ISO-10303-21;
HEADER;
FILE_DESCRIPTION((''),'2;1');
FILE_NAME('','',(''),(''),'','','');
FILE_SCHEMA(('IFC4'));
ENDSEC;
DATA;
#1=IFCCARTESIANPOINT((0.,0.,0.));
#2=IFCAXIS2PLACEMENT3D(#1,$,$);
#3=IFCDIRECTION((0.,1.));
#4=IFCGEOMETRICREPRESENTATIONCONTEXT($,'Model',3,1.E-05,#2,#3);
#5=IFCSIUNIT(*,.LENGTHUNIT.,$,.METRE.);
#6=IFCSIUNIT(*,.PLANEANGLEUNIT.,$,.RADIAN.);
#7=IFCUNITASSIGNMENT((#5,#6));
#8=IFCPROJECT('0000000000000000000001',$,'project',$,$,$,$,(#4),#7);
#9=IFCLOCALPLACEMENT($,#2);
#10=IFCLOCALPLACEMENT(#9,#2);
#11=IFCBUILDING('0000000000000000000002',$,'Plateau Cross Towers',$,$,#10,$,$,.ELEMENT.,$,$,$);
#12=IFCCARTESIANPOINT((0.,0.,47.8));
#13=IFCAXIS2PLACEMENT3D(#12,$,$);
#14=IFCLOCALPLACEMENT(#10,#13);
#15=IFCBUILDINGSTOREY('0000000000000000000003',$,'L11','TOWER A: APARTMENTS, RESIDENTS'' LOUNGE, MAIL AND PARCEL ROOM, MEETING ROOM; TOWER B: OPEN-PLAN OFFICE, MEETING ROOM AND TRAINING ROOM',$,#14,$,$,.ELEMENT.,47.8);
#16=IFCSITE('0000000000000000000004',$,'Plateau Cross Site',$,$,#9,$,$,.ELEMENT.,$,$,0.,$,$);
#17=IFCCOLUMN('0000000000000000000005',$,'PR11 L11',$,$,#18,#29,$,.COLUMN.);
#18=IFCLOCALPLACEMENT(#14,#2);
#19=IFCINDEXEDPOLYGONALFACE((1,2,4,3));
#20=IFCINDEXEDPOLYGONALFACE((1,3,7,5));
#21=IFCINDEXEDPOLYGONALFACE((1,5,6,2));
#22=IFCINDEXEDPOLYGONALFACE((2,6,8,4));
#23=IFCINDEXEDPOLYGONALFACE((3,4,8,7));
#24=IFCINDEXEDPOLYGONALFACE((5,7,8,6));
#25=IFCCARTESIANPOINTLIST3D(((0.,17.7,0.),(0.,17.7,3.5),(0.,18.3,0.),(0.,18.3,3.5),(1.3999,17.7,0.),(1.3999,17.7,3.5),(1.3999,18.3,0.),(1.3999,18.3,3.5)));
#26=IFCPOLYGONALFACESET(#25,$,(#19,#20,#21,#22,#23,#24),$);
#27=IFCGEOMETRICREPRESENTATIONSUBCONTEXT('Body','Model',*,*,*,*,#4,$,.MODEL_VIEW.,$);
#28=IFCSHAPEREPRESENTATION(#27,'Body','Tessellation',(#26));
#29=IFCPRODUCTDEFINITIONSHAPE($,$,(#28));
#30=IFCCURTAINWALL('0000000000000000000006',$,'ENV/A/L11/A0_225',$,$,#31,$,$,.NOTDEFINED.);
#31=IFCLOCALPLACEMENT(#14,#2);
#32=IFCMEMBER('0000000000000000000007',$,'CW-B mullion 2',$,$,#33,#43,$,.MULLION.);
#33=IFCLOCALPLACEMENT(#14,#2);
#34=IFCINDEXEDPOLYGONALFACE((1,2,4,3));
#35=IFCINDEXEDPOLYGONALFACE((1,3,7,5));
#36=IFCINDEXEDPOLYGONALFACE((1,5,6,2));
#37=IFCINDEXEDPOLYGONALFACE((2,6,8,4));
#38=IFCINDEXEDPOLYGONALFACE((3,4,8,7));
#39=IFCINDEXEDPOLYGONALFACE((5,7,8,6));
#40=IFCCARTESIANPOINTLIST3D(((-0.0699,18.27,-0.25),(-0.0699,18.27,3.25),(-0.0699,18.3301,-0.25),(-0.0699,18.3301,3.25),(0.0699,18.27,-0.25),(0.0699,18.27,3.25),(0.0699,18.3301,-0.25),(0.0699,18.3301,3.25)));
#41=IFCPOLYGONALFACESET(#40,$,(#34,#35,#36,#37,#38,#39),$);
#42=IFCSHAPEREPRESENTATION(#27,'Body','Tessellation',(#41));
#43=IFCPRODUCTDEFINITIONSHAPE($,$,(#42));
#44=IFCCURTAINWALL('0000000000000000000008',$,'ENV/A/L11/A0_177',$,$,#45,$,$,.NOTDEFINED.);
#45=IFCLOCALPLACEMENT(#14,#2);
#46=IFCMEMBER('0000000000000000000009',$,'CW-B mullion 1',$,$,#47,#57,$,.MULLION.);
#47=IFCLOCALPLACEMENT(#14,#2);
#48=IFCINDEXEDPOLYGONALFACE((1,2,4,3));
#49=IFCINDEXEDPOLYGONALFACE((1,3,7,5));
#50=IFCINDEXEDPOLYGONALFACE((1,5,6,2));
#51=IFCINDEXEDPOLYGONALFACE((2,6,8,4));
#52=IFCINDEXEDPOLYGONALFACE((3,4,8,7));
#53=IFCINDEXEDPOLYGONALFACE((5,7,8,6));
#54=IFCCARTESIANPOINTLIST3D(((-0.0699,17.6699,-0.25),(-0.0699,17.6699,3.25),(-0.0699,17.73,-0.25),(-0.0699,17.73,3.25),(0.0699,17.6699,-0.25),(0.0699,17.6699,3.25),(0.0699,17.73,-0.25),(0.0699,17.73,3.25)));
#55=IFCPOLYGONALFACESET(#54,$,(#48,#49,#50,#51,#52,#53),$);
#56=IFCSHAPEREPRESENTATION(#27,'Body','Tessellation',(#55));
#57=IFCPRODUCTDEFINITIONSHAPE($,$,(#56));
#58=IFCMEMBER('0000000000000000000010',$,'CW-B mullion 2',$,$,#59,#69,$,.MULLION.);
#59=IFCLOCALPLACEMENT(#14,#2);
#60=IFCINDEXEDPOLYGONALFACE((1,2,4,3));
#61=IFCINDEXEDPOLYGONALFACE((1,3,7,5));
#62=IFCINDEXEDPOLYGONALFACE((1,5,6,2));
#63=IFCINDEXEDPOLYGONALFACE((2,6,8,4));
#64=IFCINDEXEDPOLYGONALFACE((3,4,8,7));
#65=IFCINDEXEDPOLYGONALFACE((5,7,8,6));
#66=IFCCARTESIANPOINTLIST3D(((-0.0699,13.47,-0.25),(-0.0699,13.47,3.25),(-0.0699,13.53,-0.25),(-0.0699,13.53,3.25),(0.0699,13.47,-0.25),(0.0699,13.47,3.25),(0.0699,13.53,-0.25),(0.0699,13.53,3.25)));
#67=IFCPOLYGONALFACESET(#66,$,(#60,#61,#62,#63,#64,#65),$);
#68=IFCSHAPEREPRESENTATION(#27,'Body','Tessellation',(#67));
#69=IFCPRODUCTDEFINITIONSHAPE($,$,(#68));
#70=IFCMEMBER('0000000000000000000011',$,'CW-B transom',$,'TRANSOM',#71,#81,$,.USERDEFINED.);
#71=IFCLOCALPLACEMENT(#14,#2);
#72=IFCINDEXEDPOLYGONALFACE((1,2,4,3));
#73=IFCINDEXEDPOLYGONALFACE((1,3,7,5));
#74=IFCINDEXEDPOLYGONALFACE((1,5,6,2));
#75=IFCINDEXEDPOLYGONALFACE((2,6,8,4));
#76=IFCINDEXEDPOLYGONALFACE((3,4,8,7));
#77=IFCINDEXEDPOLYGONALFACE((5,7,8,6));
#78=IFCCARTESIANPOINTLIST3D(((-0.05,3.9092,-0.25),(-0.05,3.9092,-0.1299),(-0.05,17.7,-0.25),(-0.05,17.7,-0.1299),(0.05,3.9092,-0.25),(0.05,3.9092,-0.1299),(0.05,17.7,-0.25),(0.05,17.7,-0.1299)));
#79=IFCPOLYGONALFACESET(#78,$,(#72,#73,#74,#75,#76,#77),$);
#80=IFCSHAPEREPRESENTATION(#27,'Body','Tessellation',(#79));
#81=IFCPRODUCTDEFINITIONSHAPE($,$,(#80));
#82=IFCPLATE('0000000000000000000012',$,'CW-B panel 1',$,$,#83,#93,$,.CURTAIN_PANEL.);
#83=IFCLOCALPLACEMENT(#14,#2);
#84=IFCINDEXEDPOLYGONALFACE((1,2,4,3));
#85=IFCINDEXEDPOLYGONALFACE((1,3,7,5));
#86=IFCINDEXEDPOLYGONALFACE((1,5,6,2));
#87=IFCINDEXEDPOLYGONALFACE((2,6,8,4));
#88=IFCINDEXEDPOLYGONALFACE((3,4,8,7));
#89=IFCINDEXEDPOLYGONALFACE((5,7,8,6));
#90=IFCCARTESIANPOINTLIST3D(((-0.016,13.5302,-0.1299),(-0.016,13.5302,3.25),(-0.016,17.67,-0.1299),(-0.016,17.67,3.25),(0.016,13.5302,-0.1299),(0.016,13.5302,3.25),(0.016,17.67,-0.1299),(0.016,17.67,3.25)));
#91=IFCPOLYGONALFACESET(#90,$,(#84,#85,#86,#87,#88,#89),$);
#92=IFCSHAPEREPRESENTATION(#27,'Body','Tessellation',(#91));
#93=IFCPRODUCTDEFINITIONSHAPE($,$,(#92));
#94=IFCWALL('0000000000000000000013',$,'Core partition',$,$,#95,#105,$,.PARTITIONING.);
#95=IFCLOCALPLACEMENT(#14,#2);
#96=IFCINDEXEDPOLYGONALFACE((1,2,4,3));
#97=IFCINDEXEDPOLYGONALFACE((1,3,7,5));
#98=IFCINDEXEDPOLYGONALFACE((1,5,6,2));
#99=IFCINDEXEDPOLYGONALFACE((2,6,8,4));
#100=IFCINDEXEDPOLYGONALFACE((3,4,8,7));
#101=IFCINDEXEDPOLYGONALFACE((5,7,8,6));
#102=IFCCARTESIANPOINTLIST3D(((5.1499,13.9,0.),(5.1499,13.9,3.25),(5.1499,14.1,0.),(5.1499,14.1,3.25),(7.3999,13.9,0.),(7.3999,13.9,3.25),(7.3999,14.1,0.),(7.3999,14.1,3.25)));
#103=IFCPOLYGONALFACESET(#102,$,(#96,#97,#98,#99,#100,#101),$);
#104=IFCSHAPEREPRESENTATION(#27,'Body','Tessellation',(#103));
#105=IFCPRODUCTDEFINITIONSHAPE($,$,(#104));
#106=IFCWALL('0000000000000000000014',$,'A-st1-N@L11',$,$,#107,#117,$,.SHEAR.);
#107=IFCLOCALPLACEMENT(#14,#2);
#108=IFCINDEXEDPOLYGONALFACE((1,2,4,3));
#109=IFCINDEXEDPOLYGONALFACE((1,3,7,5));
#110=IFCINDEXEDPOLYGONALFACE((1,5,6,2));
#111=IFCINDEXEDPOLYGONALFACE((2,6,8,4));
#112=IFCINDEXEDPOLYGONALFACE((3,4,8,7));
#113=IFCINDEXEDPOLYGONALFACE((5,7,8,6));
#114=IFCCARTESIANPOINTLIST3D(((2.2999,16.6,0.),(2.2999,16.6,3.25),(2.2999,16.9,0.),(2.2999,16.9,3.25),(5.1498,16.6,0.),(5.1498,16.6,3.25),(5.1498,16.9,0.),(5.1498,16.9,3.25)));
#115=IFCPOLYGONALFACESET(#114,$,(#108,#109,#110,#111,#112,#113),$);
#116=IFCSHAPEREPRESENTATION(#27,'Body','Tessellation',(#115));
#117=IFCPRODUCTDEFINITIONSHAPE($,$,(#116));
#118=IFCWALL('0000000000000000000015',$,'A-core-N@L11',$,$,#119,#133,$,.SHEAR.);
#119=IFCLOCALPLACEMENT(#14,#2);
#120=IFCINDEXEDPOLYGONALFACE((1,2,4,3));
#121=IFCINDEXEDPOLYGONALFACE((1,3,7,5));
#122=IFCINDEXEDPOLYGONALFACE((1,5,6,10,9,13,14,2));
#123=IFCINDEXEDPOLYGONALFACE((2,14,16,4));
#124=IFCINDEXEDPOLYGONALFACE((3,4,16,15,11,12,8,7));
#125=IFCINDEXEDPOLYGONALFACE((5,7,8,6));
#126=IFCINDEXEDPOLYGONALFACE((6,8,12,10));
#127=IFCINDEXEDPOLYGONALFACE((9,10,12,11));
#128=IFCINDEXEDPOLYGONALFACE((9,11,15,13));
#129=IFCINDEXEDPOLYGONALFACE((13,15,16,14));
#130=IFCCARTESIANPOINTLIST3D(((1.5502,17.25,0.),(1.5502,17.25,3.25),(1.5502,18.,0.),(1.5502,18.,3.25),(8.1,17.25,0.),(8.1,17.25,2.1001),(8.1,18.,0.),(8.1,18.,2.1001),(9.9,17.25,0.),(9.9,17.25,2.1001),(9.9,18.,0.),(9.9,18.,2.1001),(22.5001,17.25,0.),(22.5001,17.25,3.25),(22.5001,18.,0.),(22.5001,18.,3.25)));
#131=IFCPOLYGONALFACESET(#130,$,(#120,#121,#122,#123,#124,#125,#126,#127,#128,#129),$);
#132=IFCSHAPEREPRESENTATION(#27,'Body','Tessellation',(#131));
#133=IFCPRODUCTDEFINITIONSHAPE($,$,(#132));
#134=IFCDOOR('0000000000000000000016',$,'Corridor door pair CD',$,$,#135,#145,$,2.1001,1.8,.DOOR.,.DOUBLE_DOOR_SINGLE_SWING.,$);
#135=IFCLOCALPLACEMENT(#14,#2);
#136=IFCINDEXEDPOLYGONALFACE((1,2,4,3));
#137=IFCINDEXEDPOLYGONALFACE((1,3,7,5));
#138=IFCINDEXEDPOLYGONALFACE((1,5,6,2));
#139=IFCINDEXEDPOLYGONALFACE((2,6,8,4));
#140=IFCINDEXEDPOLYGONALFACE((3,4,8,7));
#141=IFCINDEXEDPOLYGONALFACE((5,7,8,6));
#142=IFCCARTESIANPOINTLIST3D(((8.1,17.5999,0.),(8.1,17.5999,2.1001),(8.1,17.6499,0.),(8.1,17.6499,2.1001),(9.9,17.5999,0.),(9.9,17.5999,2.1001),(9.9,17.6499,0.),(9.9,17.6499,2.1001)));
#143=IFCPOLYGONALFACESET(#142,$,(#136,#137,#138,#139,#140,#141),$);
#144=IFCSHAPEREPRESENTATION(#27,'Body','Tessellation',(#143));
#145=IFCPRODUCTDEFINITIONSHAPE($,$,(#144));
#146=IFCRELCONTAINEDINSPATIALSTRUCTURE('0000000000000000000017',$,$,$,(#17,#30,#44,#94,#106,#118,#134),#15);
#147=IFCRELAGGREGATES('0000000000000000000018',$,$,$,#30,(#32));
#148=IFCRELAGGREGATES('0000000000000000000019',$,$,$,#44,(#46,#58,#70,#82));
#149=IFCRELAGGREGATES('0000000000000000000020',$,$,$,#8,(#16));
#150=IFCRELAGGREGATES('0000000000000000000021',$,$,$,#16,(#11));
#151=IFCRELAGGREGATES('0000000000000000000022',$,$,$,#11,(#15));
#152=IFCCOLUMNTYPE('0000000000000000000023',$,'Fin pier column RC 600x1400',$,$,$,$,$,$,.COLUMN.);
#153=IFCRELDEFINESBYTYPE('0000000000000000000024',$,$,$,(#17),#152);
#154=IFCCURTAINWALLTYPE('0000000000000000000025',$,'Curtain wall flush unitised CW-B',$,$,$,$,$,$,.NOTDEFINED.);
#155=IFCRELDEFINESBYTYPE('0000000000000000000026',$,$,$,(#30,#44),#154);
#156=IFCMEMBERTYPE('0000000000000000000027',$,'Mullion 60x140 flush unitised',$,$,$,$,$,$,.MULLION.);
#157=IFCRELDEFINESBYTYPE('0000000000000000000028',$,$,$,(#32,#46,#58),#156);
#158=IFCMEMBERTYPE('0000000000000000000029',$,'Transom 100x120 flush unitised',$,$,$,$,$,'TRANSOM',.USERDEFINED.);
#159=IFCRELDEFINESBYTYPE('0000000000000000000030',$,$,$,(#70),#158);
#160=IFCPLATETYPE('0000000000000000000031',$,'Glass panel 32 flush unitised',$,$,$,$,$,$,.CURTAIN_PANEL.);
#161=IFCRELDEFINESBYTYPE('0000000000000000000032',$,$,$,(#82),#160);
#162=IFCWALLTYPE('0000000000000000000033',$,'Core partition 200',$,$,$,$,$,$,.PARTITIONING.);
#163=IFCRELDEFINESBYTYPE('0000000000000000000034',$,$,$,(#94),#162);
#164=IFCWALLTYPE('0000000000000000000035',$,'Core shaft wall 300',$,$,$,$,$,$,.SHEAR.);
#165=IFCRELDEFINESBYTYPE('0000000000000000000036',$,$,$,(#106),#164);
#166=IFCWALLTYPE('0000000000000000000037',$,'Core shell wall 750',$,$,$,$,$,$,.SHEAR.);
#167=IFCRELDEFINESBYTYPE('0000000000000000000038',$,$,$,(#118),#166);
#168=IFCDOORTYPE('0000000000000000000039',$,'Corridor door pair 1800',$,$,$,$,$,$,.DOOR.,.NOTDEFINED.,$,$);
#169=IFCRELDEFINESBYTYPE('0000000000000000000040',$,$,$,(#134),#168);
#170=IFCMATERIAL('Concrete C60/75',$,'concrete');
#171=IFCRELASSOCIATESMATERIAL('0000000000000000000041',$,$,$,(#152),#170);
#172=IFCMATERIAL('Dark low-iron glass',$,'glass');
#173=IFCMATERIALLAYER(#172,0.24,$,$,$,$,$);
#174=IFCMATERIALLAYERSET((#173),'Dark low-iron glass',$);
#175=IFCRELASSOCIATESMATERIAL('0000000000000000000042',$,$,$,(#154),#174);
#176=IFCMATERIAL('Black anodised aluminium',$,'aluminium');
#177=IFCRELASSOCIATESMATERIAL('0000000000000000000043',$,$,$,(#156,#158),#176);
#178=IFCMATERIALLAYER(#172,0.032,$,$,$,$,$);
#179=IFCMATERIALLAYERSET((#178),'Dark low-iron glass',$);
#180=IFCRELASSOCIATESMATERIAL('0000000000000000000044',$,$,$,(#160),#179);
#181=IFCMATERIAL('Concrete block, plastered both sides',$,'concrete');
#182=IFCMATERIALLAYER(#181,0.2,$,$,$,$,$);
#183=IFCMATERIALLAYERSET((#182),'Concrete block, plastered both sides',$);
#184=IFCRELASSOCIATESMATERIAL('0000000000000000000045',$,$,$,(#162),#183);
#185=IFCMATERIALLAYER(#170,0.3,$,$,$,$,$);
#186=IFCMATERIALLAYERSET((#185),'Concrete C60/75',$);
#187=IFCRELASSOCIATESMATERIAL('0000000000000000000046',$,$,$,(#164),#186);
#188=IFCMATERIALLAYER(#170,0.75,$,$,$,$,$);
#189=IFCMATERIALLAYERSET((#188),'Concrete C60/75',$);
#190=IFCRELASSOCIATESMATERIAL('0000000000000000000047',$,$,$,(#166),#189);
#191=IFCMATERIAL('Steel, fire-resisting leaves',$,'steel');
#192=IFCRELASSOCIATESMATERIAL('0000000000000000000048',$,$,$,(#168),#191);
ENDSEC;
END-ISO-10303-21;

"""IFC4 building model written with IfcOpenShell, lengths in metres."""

from ifc_helpers import new_model, si_unit, direction, frame, frame_2d, origin, origin_2d, place, context, subcontext, project, spatial, rectangle, extrude, material, layer, layer_set, material_profile, profile_set, type_object, element, fill, aggregate, save


model = new_model("IFC4")

# Units and contexts
model_context = context("Model", 3, precision=1e-05, world=origin(), true_north=direction((0.0, 1.0)))
body_context = subcontext(model_context, "Body", "Model", "MODEL_VIEW")
ifc_project = project(units=[si_unit("LENGTHUNIT", "METRE"), si_unit("PLANEANGLEUNIT", "RADIAN")], contexts=[model_context])

# Site, building, storey
site_placement = place(None, origin())
site = spatial("IfcSite", under=ifc_project, at=site_placement, Name="Plateau Cross Site", CompositionType="ELEMENT", RefElevation=0.0)
building_placement = place(site_placement, origin())
building = spatial("IfcBuilding", under=site, at=building_placement, Name="Plateau Cross Towers", CompositionType="ELEMENT")
storey_placement = place(building_placement, frame((0.0, 0.0, 47.8)))
storey = spatial("IfcBuildingStorey", under=building, at=storey_placement, Name="L11", Description="TOWER A: APARTMENTS, RESIDENTS' LOUNGE, MAIL AND PARCEL ROOM, MEETING ROOM; TOWER B: OPEN-PLAN OFFICE, MEETING ROOM AND TRAINING ROOM", CompositionType="ELEMENT", Elevation=47.8)

# Column
ifc_material_1 = material(Name="Concrete C60/75", Category="concrete")
ifc_material_profile_1 = material_profile(ifc_material_1, rectangle(XDim=0.6001, YDim=1.3999, at=origin_2d()), Name="RC 600x1400")
ifc_profile_set_1 = profile_set([ifc_material_profile_1], Name="Concrete C60/75")
column_type = type_object("IfcColumnType", Name="Fin pier column RC 600x1400", PredefinedType="COLUMN", material=ifc_profile_set_1)
column_placement = place(storey_placement, frame((0.7, 18.0, 0.0), z_axis=(0.0, 0.0, 1.0), x_axis=(0.0, 1.0, 0.0)))
element("IfcColumn", 1, at=column_placement, inside=storey, type_object=column_type, Name="PR11 L11", PredefinedType="COLUMN", context=body_context, shape_type="SweptSolid", body=[
    extrude(rectangle(XDim=0.6001, YDim=1.3999, at=origin_2d()), origin(), (0.0, 0.0, 1.0), 3.5),
])

# Curtain wall, member
ifc_material_2 = material(Name="Dark low-iron glass", Category="glass")
ifc_layer_1 = layer(ifc_material_2, 0.24)
ifc_layer_set_1 = layer_set([ifc_layer_1], Name="Dark low-iron glass")
curtain_wall_type = type_object("IfcCurtainWallType", Name="Curtain wall flush unitised CW-B", PredefinedType="NOTDEFINED", material=ifc_layer_set_1)
curtain_wall_1_placement = place(storey_placement, origin())
curtain_wall_1 = element("IfcCurtainWall", 2, at=curtain_wall_1_placement, inside=storey, type_object=curtain_wall_type, Name="ENV/A/L11/A0_225", PredefinedType="NOTDEFINED")
ifc_material_3 = material(Name="Black anodised aluminium", Category="aluminium")
ifc_material_profile_2 = material_profile(ifc_material_3, rectangle(XDim=0.0601, YDim=0.1399, at=origin_2d()), Name="MULLION 60x140")
ifc_profile_set_2 = profile_set([ifc_material_profile_2], Name="Black anodised aluminium")
member_type_1 = type_object("IfcMemberType", Name="Mullion 60x140 flush unitised", PredefinedType="MULLION", material=ifc_profile_set_2)
member_1_placement = place(storey_placement, frame((0.0, 18.3, -0.25), z_axis=(0.0, 0.0, 1.0), x_axis=(0.0, -1.0, 0.0)))
member_1 = element("IfcMember", 3, at=member_1_placement, type_object=member_type_1, Name="CW-B mullion 2", PredefinedType="MULLION", context=body_context, shape_type="SweptSolid", body=[
    extrude(rectangle(XDim=0.0601, YDim=0.1399, at=origin_2d()), origin(), (0.0, 0.0, 1.0), 3.5),
])
aggregate(curtain_wall_1, [member_1])

# Curtain wall, members, plate
curtain_wall_2_placement = place(storey_placement, origin())
curtain_wall_2 = element("IfcCurtainWall", 4, at=curtain_wall_2_placement, inside=storey, type_object=curtain_wall_type, Name="ENV/A/L11/A0_177", PredefinedType="NOTDEFINED")
member_2_placement = place(storey_placement, frame((0.0, 17.7, -0.25), z_axis=(0.0, 0.0, 1.0), x_axis=(0.0, -1.0, 0.0)))
member_2 = element("IfcMember", 5, at=member_2_placement, type_object=member_type_1, Name="CW-B mullion 1", PredefinedType="MULLION", context=body_context, shape_type="SweptSolid", body=[
    extrude(rectangle(XDim=0.0601, YDim=0.1399, at=origin_2d()), origin(), (0.0, 0.0, 1.0), 3.5),
])
member_3_placement = place(storey_placement, frame((0.0, 13.5, -0.25), z_axis=(0.0, 0.0, 1.0), x_axis=(0.0, -1.0, 0.0)))
member_3 = element("IfcMember", 6, at=member_3_placement, type_object=member_type_1, Name="CW-B mullion 2", PredefinedType="MULLION", context=body_context, shape_type="SweptSolid", body=[
    extrude(rectangle(XDim=0.0601, YDim=0.1399, at=origin_2d()), origin(), (0.0, 0.0, 1.0), 3.5),
])
ifc_material_profile_3 = material_profile(ifc_material_3, rectangle(XDim=0.1001, YDim=0.1201, at=origin_2d()), Name="TRANSOM 100x120")
ifc_profile_set_3 = profile_set([ifc_material_profile_3], Name="Black anodised aluminium")
member_type_2 = type_object("IfcMemberType", Name="Transom 100x120 flush unitised", ElementType="TRANSOM", PredefinedType="USERDEFINED", material=ifc_profile_set_3)
member_4_placement = place(storey_placement, frame((0.0, 17.7, -0.1899), z_axis=(0.0, -1.0, 0.0), x_axis=(1.0, 0.0, 0.0)))
member_4 = element("IfcMember", 7, at=member_4_placement, type_object=member_type_2, Name="CW-B transom", ObjectType="TRANSOM", PredefinedType="USERDEFINED", context=body_context, shape_type="SweptSolid", body=[
    extrude(rectangle(XDim=0.1001, YDim=0.1201, at=origin_2d()), origin(), (0.0, 0.0, 1.0), 13.7908),
])
ifc_layer_2 = layer(ifc_material_2, 0.032)
ifc_layer_set_2 = layer_set([ifc_layer_2], Name="Dark low-iron glass")
plate_type = type_object("IfcPlateType", Name="Glass panel 32 flush unitised", PredefinedType="CURTAIN_PANEL", material=ifc_layer_set_2)
plate_placement = place(storey_placement, frame((0.0, 15.6001, -0.1299), z_axis=(0.0, 0.0, 1.0), x_axis=(0.0, -1.0, 0.0)))
plate = element("IfcPlate", 8, at=plate_placement, type_object=plate_type, Name="CW-B panel 1", PredefinedType="CURTAIN_PANEL", context=body_context, shape_type="SweptSolid", body=[
    extrude(rectangle(XDim=4.1399, YDim=0.032, at=origin_2d()), origin(), (0.0, 0.0, 1.0), 3.3799),
])
aggregate(curtain_wall_2, [member_2, member_3, member_4, plate])

# Walls
ifc_material_4 = material(Name="Concrete block, plastered both sides", Category="concrete")
ifc_layer_3 = layer(ifc_material_4, 0.2)
ifc_layer_set_3 = layer_set([ifc_layer_3], Name="Concrete block, plastered both sides")
wall_type_1 = type_object("IfcWallType", Name="Core partition 200", PredefinedType="PARTITIONING", material=ifc_layer_set_3)
wall_1_placement = place(storey_placement, frame((5.1499, 14.0, 0.0), z_axis=(0.0, 0.0, 1.0), x_axis=(1.0, 0.0, 0.0)))
element("IfcWall", 9, at=wall_1_placement, inside=storey, type_object=wall_type_1, Name="Core partition", PredefinedType="PARTITIONING", context=body_context, shape_type="SweptSolid", body=[
    extrude(rectangle(XDim=2.25, YDim=0.2, at=frame_2d((1.125, 0.0))), origin(), (0.0, 0.0, 1.0), 3.25),
])
ifc_layer_4 = layer(ifc_material_1, 0.3)
ifc_layer_set_4 = layer_set([ifc_layer_4], Name="Concrete C60/75")
wall_type_2 = type_object("IfcWallType", Name="Core shaft wall 300", PredefinedType="SHEAR", material=ifc_layer_set_4)
wall_2_placement = place(storey_placement, frame((2.3, 16.75, 0.0), z_axis=(0.0, 0.0, 1.0), x_axis=(1.0, 0.0, 0.0)))
element("IfcWall", 10, at=wall_2_placement, inside=storey, type_object=wall_type_2, Name="A-st1-N@L11", PredefinedType="SHEAR", context=body_context, shape_type="SweptSolid", body=[
    extrude(rectangle(XDim=2.8499, YDim=0.3, at=frame_2d((1.4248, 0.0))), origin(), (0.0, 0.0, 1.0), 3.25),
])

# Wall, opening, door
ifc_layer_5 = layer(ifc_material_1, 0.75)
ifc_layer_set_5 = layer_set([ifc_layer_5], Name="Concrete C60/75")
wall_type_3 = type_object("IfcWallType", Name="Core shell wall 750", PredefinedType="SHEAR", material=ifc_layer_set_5)
wall_3_placement = place(storey_placement, frame((1.55, 17.625, 0.0), z_axis=(0.0, 0.0, 1.0), x_axis=(1.0, 0.0, 0.0)))
wall_3 = element("IfcWall", 11, at=wall_3_placement, inside=storey, type_object=wall_type_3, Name="A-core-N@L11", PredefinedType="SHEAR", context=body_context, shape_type="SweptSolid", body=[
    extrude(rectangle(XDim=20.95, YDim=0.75, at=frame_2d((10.4751, 0.0))), origin(), (0.0, 0.0, 1.0), 3.25),
])
opening_1_placement = place(wall_3_placement, frame((6.55, 0.0, 0.0)))
opening_1 = element("IfcOpeningElement", 12, at=opening_1_placement, cuts=wall_3, PredefinedType="OPENING", context=body_context, shape_type="SweptSolid", body=[
    extrude(rectangle(XDim=1.8, YDim=2.1001, at=frame_2d((0.8999, 1.05))), frame((0.0, 0.385, 0.0), z_axis=(0.0, -1.0, 0.0), x_axis=(1.0, 0.0, 0.0)), (0.0, 0.0, 1.0), 0.77),
])
ifc_material_5 = material(Name="Steel, fire-resisting leaves", Category="steel")
door_type_1 = type_object("IfcDoorType", Name="Corridor door pair 1800", OperationType="NOTDEFINED", PredefinedType="DOOR", material=ifc_material_5)
door_1_placement = place(opening_1_placement, origin())
door_1 = element("IfcDoor", 13, at=door_1_placement, inside=storey, type_object=door_type_1, Name="Corridor door pair CD", OperationType="DOUBLE_DOOR_SINGLE_SWING", OverallHeight=2.1001, OverallWidth=1.8, PredefinedType="DOOR", context=body_context, shape_type="SweptSolid", body=[
    extrude(rectangle(XDim=1.8, YDim=2.1001, at=frame_2d((0.8999, 1.05))), frame((0.0, 0.0249, 0.0), z_axis=(0.0, -1.0, 0.0), x_axis=(1.0, 0.0, 0.0)), (0.0, 0.0, 1.0), 0.05),
])
fill(opening_1, door_1)

save(model, "model.ifc")
